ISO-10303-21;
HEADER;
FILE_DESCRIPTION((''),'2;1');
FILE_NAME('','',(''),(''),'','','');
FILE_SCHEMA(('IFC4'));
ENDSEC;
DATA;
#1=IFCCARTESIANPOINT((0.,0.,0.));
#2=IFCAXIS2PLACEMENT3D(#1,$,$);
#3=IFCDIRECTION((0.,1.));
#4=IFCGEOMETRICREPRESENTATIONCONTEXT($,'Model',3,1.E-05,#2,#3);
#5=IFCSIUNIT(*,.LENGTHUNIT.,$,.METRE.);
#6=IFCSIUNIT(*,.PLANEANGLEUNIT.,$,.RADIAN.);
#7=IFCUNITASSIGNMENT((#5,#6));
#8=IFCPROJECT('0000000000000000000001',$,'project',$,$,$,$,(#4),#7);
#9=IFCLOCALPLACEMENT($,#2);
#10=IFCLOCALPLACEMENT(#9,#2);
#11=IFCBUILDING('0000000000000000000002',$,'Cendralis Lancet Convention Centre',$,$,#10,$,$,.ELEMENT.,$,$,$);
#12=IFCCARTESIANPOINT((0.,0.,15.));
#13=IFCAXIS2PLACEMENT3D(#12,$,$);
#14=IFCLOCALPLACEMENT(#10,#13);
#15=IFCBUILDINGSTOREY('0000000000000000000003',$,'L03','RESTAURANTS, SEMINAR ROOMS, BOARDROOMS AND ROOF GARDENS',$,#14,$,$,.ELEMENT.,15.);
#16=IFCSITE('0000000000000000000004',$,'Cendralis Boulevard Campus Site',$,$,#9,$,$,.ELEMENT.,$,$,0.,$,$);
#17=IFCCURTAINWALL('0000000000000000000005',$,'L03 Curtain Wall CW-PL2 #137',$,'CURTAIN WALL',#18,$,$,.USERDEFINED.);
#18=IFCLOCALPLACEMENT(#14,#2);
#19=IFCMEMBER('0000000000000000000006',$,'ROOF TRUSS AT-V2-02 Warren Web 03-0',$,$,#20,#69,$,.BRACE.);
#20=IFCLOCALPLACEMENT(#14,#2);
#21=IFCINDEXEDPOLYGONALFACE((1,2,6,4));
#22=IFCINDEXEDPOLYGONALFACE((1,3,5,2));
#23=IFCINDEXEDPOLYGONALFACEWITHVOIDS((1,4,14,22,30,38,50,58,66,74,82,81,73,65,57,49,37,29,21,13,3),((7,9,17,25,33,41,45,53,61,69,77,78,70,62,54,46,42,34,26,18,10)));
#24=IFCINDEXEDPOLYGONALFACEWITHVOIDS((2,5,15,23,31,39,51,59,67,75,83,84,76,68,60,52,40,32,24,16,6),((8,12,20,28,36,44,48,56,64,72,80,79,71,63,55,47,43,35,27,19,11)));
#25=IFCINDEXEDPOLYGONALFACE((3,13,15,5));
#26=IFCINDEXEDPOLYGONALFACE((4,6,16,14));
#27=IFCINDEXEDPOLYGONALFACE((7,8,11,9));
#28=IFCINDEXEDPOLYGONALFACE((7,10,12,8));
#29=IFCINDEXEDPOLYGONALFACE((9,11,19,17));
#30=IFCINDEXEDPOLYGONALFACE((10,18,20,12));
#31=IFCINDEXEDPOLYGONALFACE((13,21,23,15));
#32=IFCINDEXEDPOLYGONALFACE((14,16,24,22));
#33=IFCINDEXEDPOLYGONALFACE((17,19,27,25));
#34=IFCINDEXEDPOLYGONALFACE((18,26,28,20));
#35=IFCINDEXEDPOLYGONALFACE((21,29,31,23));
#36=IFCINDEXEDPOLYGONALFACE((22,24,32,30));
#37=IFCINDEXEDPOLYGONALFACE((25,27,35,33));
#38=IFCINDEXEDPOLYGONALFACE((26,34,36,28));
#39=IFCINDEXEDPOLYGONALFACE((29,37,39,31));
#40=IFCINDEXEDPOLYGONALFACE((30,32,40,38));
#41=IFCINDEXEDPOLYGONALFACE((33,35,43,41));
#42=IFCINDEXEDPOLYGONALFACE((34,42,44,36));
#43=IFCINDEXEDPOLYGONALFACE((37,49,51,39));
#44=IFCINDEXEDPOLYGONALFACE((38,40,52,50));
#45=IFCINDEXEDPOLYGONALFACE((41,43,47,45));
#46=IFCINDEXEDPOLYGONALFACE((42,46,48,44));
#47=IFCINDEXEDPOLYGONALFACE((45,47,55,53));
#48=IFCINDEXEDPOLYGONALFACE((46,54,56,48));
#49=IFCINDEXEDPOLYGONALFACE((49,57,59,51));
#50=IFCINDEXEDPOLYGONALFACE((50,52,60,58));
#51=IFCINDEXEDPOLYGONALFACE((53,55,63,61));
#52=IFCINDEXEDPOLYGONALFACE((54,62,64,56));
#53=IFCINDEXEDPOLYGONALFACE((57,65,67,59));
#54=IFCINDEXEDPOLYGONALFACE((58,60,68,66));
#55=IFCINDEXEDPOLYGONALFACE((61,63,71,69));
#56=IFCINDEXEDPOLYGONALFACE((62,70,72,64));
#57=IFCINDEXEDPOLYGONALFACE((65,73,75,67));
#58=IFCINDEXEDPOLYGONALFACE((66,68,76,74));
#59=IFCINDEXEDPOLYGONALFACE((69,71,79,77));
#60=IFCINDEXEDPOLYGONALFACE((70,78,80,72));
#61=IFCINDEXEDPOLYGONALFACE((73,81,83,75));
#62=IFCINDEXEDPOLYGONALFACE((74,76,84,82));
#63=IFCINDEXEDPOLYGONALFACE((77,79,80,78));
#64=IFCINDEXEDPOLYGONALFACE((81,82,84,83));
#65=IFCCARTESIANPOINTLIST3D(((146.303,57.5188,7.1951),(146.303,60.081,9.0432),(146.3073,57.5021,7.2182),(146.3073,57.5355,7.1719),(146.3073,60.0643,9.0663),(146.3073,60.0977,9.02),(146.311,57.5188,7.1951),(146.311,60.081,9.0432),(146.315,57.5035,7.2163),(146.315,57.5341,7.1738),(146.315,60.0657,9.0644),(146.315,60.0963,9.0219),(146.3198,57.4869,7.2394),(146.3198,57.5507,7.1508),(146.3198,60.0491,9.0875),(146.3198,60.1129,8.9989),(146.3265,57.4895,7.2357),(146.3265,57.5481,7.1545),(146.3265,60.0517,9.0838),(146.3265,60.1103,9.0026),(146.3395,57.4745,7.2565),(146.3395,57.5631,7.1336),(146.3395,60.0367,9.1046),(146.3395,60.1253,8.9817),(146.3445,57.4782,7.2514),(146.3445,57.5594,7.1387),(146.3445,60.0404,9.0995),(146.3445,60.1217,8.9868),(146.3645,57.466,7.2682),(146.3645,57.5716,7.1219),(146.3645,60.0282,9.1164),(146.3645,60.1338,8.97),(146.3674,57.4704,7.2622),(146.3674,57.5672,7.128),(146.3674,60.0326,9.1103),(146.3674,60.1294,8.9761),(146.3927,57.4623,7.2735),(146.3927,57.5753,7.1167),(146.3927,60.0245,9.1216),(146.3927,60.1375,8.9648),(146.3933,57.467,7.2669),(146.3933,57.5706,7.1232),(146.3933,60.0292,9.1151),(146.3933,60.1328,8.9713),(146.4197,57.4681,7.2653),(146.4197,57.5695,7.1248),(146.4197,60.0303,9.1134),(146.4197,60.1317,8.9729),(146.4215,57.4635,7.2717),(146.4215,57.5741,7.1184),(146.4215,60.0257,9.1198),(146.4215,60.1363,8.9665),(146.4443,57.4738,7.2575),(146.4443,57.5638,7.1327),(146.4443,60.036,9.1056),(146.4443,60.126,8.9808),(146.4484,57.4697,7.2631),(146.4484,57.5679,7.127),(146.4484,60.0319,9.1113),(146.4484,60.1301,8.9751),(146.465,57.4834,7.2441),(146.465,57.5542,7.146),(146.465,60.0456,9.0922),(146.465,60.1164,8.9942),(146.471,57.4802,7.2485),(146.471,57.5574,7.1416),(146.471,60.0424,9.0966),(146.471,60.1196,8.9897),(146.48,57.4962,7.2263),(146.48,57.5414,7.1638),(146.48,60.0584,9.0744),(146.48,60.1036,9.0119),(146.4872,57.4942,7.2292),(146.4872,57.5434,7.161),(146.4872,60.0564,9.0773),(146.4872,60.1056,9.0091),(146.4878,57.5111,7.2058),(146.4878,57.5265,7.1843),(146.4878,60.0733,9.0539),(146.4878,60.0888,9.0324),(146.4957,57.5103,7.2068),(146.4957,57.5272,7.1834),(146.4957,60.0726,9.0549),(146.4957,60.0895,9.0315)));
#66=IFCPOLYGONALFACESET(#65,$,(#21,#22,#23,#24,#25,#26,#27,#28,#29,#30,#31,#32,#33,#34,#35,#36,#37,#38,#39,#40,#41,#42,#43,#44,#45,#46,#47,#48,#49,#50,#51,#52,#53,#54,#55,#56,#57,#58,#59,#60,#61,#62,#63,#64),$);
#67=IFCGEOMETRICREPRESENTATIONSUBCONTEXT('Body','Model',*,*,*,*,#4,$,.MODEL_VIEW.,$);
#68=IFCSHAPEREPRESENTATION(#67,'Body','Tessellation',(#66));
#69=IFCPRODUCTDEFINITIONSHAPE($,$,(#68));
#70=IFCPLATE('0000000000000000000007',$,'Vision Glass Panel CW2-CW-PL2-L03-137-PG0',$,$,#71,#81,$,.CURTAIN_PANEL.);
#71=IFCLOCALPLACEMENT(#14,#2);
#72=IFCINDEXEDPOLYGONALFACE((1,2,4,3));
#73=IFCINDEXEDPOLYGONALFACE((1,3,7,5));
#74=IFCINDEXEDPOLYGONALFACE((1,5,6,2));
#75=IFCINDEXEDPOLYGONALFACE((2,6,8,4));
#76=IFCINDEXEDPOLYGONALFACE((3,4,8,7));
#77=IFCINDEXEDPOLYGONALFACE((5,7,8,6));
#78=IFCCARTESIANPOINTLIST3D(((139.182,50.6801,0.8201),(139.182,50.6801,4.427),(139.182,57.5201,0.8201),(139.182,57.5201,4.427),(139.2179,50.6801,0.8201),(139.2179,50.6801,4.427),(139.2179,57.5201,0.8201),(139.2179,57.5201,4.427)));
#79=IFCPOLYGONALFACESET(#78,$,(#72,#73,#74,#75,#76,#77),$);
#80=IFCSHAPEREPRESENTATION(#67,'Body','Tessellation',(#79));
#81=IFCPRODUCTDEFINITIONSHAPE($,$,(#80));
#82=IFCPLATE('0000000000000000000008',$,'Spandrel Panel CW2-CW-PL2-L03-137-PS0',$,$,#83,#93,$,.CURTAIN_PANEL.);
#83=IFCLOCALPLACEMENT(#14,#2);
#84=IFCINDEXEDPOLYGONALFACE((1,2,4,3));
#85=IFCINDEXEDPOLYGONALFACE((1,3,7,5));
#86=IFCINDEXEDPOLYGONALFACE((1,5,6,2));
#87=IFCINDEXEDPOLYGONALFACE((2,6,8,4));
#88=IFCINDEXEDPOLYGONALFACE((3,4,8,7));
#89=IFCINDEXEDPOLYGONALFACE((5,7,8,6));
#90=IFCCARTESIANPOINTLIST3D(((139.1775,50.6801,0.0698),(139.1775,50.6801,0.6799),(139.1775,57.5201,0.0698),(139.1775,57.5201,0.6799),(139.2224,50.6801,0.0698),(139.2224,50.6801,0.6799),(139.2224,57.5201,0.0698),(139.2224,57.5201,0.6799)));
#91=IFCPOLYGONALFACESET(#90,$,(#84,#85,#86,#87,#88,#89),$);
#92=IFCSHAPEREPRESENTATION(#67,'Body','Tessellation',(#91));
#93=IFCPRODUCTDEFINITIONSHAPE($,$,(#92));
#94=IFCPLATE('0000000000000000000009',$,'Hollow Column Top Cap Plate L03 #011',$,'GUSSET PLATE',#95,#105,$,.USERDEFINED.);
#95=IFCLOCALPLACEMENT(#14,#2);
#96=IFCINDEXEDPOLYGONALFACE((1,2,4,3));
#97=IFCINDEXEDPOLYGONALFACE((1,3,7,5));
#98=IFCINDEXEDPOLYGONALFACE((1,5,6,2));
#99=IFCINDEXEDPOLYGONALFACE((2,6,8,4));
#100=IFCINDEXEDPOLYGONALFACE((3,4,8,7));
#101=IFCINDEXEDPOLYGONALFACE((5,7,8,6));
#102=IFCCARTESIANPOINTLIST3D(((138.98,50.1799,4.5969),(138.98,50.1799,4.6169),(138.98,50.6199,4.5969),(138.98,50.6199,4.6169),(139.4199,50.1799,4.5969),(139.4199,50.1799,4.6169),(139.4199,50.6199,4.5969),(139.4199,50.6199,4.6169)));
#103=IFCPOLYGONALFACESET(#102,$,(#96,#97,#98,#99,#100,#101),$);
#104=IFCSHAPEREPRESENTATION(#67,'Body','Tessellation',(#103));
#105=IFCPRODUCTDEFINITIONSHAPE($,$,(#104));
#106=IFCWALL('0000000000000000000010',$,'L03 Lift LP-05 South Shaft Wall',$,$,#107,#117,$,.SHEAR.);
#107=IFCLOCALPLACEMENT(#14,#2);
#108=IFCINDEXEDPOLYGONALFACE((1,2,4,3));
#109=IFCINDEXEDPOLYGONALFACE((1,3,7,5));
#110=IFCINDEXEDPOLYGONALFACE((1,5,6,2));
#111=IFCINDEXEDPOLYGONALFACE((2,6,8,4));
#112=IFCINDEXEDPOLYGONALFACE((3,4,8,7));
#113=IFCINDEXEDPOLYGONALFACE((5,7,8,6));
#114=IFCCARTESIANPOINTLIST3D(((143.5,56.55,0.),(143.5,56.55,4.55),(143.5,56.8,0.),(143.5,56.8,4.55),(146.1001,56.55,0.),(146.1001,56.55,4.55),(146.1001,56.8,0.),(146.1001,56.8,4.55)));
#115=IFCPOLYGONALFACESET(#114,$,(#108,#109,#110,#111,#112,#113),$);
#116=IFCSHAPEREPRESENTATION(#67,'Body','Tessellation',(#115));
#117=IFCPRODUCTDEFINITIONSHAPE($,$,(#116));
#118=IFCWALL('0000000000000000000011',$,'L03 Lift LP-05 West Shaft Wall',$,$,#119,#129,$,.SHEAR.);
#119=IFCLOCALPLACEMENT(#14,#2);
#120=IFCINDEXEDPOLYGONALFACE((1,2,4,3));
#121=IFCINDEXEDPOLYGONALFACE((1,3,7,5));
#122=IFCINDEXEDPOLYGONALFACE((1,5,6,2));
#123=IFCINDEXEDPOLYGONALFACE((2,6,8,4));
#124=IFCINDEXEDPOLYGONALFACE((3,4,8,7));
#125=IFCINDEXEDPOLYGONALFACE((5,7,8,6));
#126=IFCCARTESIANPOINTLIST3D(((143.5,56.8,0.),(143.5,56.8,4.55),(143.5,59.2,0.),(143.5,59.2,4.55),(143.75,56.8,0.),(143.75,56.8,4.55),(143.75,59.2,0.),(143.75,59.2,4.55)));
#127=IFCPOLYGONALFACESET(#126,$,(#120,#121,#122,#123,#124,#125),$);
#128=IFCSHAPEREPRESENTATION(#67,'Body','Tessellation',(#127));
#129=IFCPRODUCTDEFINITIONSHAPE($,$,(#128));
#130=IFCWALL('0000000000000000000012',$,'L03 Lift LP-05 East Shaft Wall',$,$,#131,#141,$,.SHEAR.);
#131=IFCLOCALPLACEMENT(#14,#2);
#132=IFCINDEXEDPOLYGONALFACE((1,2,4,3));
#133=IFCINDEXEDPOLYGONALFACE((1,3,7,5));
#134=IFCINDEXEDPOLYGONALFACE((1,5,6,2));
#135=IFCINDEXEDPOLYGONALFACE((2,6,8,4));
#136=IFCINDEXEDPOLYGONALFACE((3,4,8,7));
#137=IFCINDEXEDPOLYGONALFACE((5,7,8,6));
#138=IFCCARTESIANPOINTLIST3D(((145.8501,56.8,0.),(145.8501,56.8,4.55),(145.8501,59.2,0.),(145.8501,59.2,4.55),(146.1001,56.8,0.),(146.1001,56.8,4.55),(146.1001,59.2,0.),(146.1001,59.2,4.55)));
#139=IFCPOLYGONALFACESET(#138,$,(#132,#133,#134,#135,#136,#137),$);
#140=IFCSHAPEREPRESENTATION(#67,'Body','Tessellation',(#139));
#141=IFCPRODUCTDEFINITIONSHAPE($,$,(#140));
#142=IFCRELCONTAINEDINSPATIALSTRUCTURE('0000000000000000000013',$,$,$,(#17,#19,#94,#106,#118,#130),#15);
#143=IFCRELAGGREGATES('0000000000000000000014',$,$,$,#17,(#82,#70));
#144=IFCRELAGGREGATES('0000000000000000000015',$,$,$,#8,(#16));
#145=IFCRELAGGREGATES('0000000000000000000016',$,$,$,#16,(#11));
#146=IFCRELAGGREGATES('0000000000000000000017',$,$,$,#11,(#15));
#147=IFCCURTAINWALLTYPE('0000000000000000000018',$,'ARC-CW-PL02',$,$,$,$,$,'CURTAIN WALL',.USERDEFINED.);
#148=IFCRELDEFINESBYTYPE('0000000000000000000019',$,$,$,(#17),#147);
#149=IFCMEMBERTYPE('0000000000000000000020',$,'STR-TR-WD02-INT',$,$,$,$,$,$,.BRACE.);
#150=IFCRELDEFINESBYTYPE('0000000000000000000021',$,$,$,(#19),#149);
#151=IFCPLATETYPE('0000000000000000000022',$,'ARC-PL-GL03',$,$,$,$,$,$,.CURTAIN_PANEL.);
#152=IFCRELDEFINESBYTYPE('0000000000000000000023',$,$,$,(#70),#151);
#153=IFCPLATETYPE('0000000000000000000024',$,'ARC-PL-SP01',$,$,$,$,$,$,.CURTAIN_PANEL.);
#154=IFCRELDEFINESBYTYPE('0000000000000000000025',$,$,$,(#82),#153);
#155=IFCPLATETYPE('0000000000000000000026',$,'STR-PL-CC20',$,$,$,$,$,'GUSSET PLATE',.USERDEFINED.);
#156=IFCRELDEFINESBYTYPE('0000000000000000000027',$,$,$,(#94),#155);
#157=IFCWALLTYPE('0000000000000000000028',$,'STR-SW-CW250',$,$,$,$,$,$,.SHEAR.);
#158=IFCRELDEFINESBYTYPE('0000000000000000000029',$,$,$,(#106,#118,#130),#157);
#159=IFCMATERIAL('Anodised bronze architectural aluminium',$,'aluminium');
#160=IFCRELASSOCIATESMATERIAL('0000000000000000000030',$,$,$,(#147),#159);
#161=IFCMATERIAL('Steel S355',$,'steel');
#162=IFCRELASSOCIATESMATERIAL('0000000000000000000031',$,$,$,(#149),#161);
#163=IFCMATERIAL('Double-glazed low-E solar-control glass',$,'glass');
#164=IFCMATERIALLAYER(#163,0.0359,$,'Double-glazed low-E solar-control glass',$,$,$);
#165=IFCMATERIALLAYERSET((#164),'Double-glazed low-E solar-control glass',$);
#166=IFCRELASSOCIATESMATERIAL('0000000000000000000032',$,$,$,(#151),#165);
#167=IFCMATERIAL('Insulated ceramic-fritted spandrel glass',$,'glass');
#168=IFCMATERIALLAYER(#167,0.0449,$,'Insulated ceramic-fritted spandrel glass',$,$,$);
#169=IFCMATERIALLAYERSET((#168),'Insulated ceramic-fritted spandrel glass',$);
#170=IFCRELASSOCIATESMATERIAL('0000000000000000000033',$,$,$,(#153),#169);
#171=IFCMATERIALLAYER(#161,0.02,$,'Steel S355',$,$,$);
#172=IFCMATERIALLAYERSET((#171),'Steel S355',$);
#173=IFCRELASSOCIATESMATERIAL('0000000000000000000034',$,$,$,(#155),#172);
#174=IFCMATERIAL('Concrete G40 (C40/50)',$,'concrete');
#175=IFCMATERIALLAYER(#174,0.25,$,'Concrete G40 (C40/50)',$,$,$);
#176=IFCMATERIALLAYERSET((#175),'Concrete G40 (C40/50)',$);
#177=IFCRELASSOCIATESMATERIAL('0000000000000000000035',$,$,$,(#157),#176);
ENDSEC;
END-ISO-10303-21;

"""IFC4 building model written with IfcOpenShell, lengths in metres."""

from ifc_helpers import new_model, si_unit, direction, frame, frame_2d, origin, origin_2d, place, context, subcontext, project, spatial, rectangle, hollow_circle, extrude, material, layer, layer_set, material_profile, profile_set, type_object, element, aggregate, save


model = new_model("IFC4")

# Units and contexts
model_context = context("Model", 3, precision=1e-05, world=origin(), true_north=direction((0.0, 1.0)))
body_context = subcontext(model_context, "Body", "Model", "MODEL_VIEW")
ifc_project = project(units=[si_unit("LENGTHUNIT", "METRE"), si_unit("PLANEANGLEUNIT", "RADIAN")], contexts=[model_context])

# Site, building, storey
site_placement = place(None, origin())
site = spatial("IfcSite", under=ifc_project, at=site_placement, Name="Cendralis Boulevard Campus Site", CompositionType="ELEMENT", RefElevation=0.0)
building_placement = place(site_placement, origin())
building = spatial("IfcBuilding", under=site, at=building_placement, Name="Cendralis Lancet Convention Centre", CompositionType="ELEMENT")
storey_placement = place(building_placement, frame((0.0, 0.0, 15.0)))
storey = spatial("IfcBuildingStorey", under=building, at=storey_placement, Name="L03", Description="RESTAURANTS, SEMINAR ROOMS, BOARDROOMS AND ROOF GARDENS", CompositionType="ELEMENT", Elevation=15.0)

# Shared definitions
ifc_material_1 = material(Name="Steel S355", Category="steel")

# Curtain wall
ifc_material_2 = material(Name="Anodised bronze architectural aluminium", Category="aluminium")
curtain_wall_type = type_object("IfcCurtainWallType", Name="ARC-CW-PL02", ElementType="CURTAIN WALL", PredefinedType="USERDEFINED", material=ifc_material_2)
curtain_wall_placement = place(storey_placement, origin())
curtain_wall = element("IfcCurtainWall", 1, at=curtain_wall_placement, inside=storey, type_object=curtain_wall_type, Name="L03 Curtain Wall CW-PL2 #137", ObjectType="CURTAIN WALL", PredefinedType="USERDEFINED")

# Shared definitions
ifc_material_3 = material(Name="Concrete G40 (C40/50)", Category="concrete")

# Member
ifc_material_profile_1 = material_profile(ifc_material_1, hollow_circle(Radius=0.0969, WallThickness=0.0081, at=origin_2d()), Name="CHS 193.7x8.0")
ifc_profile_set_1 = profile_set([ifc_material_profile_1], Name="Steel S355")
member_type_1 = type_object("IfcMemberType", Name="STR-TR-WD02-INT", PredefinedType="BRACE", material=ifc_profile_set_1)
member_1_placement = place(storey_placement, frame((146.3999, 57.5188, 7.1951), z_axis=(0.0, 0.811036, 0.584997), x_axis=(-1.0, 0.0, 0.0)))
element("IfcMember", 2, at=member_1_placement, inside=storey, type_object=member_type_1, Name="ROOF TRUSS AT-V2-02 Warren Web 03-0", PredefinedType="BRACE", context=body_context, shape_type="SweptSolid", body=[
    extrude(hollow_circle(Radius=0.0969, WallThickness=0.0081, at=origin_2d()), origin(), (0.0, 0.0, 1.0), 3.1592),
])

# Plates
ifc_material_4 = material(Name="Double-glazed low-E solar-control glass", Category="glass")
ifc_layer_1 = layer(ifc_material_4, 0.0359, Name="Double-glazed low-E solar-control glass")
ifc_layer_set_1 = layer_set([ifc_layer_1], Name="Double-glazed low-E solar-control glass")
plate_type_1 = type_object("IfcPlateType", Name="ARC-PL-GL03", PredefinedType="CURTAIN_PANEL", material=ifc_layer_set_1)
plate_1_placement = place(storey_placement, frame((139.2, 54.1001, 0.8201), z_axis=(0.0, 0.0, 1.0), x_axis=(0.0, 1.0, 0.0)))
plate_1 = element("IfcPlate", 3, at=plate_1_placement, type_object=plate_type_1, Name="Vision Glass Panel CW2-CW-PL2-L03-137-PG0", PredefinedType="CURTAIN_PANEL", context=body_context, shape_type="SweptSolid", body=[
    extrude(rectangle(XDim=6.8401, YDim=0.0359, at=origin_2d()), origin(), (0.0, 0.0, 1.0), 3.6069),
])
ifc_material_5 = material(Name="Insulated ceramic-fritted spandrel glass", Category="glass")
ifc_layer_2 = layer(ifc_material_5, 0.0449, Name="Insulated ceramic-fritted spandrel glass")
ifc_layer_set_2 = layer_set([ifc_layer_2], Name="Insulated ceramic-fritted spandrel glass")
plate_type_2 = type_object("IfcPlateType", Name="ARC-PL-SP01", PredefinedType="CURTAIN_PANEL", material=ifc_layer_set_2)
plate_2_placement = place(storey_placement, frame((139.2, 54.1001, 0.0698), z_axis=(0.0, 0.0, 1.0), x_axis=(0.0, 1.0, 0.0)))
plate_2 = element("IfcPlate", 4, at=plate_2_placement, type_object=plate_type_2, Name="Spandrel Panel CW2-CW-PL2-L03-137-PS0", PredefinedType="CURTAIN_PANEL", context=body_context, shape_type="SweptSolid", body=[
    extrude(rectangle(XDim=6.8401, YDim=0.0449, at=origin_2d()), origin(), (0.0, 0.0, 1.0), 0.6101),
])
aggregate(curtain_wall, [plate_2, plate_1])
ifc_layer_3 = layer(ifc_material_1, 0.02, Name="Steel S355")
ifc_layer_set_3 = layer_set([ifc_layer_3], Name="Steel S355")
plate_type_3 = type_object("IfcPlateType", Name="STR-PL-CC20", ElementType="GUSSET PLATE", PredefinedType="USERDEFINED", material=ifc_layer_set_3)
plate_3_placement = place(storey_placement, frame((139.2, 50.3999, 4.5969), z_axis=(0.0, 0.0, 1.0), x_axis=(1.0, 0.0, 0.0)))
element("IfcPlate", 5, at=plate_3_placement, inside=storey, type_object=plate_type_3, Name="Hollow Column Top Cap Plate L03 #011", ObjectType="GUSSET PLATE", PredefinedType="USERDEFINED", context=body_context, shape_type="SweptSolid", body=[
    extrude(rectangle(XDim=0.4399, YDim=0.4399, at=origin_2d()), origin(), (0.0, 0.0, 1.0), 0.02),
])

# Walls
ifc_layer_4 = layer(ifc_material_3, 0.25, Name="Concrete G40 (C40/50)")
ifc_layer_set_4 = layer_set([ifc_layer_4], Name="Concrete G40 (C40/50)")
wall_type = type_object("IfcWallType", Name="STR-SW-CW250", PredefinedType="SHEAR", material=ifc_layer_set_4)
wall_placement = place(storey_placement, frame((143.5, 56.675, 0.0), z_axis=(0.0, 0.0, 1.0), x_axis=(1.0, 0.0, 0.0)))
element("IfcWall", 6, at=wall_placement, inside=storey, type_object=wall_type, Name="L03 Lift LP-05 South Shaft Wall", PredefinedType="SHEAR", context=body_context, shape_type="SweptSolid", body=[
    extrude(rectangle(XDim=2.6001, YDim=0.25, at=frame_2d((1.3, 0.0))), origin(), (0.0, 0.0, 1.0), 4.55),
])
for number, where, z_axis, x_axis, name in (
    (7, (143.625, 56.8, 0.0), (0.0, 0.0, 1.0), (0.0, 1.0, 0.0), "L03 Lift LP-05 West Shaft Wall"),
    (8, (145.9751, 56.8, 0.0), (0.0, 0.0, 1.0), (0.0, 1.0, 0.0), "L03 Lift LP-05 East Shaft Wall"),
):
    element("IfcWall", number, at=place(storey_placement, frame(where, z_axis=z_axis, x_axis=x_axis)), inside=storey, type_object=wall_type, Name=name, PredefinedType="SHEAR", context=body_context, shape_type="SweptSolid", body=[
        extrude(rectangle(XDim=2.3999, YDim=0.25, at=frame_2d((1.2, 0.0))), origin(), (0.0, 0.0, 1.0), 4.55),
    ])

save(model, "model.ifc")
